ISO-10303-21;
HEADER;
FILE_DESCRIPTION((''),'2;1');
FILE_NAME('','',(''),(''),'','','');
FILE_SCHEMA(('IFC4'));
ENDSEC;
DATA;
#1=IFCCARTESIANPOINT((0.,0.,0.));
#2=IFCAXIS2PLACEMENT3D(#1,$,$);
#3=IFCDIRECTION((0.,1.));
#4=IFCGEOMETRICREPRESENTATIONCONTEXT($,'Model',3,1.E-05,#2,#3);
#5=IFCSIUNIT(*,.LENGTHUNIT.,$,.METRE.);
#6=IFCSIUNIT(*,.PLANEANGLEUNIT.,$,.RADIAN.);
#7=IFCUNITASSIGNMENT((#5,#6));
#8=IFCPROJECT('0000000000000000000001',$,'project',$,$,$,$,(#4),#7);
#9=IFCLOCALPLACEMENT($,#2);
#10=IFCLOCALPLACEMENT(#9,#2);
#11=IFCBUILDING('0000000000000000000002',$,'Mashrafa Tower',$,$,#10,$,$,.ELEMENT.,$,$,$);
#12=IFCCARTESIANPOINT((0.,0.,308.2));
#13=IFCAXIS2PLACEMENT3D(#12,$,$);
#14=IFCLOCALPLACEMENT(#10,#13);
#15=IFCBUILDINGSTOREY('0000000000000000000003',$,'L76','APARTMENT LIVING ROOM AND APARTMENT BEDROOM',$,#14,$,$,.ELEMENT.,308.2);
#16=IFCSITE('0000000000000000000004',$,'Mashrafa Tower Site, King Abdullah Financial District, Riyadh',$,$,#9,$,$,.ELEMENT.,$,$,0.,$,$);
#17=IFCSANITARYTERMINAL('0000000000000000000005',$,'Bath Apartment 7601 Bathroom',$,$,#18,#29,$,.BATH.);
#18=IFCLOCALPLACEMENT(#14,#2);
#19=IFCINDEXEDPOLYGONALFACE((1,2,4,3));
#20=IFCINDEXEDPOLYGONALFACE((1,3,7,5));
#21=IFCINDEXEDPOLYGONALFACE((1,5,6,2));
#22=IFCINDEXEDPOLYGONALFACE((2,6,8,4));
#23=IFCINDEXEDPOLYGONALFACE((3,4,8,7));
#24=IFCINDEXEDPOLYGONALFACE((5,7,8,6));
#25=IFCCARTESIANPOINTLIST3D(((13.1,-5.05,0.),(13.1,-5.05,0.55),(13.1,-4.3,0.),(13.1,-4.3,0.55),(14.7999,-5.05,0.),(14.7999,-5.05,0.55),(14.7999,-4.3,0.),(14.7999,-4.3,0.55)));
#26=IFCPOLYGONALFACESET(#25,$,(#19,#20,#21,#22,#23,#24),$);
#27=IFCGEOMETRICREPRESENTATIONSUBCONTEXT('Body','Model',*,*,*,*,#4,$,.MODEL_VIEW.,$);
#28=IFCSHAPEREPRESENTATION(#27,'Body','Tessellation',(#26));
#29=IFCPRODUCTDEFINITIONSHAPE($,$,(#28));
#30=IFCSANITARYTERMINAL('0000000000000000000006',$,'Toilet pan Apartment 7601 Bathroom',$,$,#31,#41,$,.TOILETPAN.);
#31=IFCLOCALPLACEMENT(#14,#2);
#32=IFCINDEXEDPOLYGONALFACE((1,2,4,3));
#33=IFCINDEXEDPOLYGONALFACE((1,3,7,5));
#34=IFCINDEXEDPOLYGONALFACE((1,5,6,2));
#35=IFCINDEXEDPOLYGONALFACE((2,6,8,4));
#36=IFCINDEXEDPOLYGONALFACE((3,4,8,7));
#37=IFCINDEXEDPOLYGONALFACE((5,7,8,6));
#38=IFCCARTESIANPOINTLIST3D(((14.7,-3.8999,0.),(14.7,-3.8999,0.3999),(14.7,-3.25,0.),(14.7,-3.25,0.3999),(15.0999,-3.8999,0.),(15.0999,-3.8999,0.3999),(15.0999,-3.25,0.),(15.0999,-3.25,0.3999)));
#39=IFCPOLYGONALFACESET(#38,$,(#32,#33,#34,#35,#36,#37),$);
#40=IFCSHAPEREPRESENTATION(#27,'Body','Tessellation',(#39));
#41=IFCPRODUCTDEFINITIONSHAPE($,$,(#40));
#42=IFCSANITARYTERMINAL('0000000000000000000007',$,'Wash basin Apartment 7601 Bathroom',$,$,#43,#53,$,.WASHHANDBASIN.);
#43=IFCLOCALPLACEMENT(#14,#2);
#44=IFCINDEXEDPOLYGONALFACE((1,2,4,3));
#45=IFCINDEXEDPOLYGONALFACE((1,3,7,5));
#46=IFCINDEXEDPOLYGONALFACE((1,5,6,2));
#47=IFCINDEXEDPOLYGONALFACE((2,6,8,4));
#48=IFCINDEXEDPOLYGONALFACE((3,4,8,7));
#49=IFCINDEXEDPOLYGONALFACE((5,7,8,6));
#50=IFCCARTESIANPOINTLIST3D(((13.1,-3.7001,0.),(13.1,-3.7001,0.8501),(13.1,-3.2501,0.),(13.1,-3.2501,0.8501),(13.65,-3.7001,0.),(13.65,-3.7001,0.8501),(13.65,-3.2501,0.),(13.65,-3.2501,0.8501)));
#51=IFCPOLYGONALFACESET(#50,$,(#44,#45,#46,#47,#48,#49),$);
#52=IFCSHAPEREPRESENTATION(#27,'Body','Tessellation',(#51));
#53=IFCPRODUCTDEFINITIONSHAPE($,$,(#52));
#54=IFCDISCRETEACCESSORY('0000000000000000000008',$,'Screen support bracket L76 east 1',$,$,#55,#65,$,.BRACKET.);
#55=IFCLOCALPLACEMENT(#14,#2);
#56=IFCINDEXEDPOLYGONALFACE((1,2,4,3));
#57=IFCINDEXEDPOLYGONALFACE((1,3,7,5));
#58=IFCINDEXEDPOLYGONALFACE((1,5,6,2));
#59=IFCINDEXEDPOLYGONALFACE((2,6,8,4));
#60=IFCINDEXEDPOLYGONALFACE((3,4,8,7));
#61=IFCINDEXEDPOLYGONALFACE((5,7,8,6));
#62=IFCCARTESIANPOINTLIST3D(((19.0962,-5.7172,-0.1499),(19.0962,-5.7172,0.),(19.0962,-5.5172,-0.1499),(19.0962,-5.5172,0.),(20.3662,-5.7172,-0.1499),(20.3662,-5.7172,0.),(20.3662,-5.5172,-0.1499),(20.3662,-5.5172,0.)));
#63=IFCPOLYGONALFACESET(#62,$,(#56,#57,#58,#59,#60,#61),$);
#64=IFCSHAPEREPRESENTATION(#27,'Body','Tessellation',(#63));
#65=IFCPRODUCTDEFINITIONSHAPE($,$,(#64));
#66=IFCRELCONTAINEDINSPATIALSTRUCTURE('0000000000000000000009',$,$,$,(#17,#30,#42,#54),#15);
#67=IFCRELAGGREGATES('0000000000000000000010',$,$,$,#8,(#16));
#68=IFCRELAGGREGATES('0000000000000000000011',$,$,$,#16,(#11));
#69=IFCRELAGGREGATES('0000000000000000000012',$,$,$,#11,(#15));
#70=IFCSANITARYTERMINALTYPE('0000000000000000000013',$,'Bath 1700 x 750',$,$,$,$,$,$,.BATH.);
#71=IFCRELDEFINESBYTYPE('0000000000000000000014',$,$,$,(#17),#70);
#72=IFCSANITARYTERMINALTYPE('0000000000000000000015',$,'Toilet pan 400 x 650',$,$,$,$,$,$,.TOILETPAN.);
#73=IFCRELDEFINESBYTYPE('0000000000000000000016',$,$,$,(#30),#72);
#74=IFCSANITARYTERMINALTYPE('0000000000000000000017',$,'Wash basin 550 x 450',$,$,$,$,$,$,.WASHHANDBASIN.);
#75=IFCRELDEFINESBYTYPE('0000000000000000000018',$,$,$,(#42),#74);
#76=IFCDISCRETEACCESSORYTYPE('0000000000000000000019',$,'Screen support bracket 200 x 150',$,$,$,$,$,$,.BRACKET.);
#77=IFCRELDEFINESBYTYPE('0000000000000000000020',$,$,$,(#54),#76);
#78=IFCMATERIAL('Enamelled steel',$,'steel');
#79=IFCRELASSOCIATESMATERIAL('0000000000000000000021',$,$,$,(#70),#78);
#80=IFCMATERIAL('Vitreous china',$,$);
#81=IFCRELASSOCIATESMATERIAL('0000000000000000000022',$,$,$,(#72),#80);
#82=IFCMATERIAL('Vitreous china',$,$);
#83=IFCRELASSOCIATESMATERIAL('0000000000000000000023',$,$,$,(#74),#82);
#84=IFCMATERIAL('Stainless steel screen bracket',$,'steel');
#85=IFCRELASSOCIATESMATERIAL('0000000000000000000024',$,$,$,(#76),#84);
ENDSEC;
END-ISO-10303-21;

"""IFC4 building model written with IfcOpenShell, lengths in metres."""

from ifc_helpers import new_model, si_unit, direction, frame, origin, origin_2d, place, context, subcontext, project, spatial, rectangle, extrude, source, transform, mapped, material, type_object, type_shapes, element, save


model = new_model("IFC4")

# Units and contexts
model_context = context("Model", 3, precision=1e-05, world=origin(), true_north=direction((0.0, 1.0)))
body_context = subcontext(model_context, "Body", "Model", "MODEL_VIEW")
ifc_project = project(units=[si_unit("LENGTHUNIT", "METRE"), si_unit("PLANEANGLEUNIT", "RADIAN")], contexts=[model_context])

# Site, building, storey
site_placement = place(None, origin())
site = spatial("IfcSite", under=ifc_project, at=site_placement, Name="Mashrafa Tower Site, King Abdullah Financial District, Riyadh", CompositionType="ELEMENT", RefElevation=0.0)
building_placement = place(site_placement, origin())
building = spatial("IfcBuilding", under=site, at=building_placement, Name="Mashrafa Tower", CompositionType="ELEMENT")
storey_placement = place(building_placement, frame((0.0, 0.0, 308.2)))
storey = spatial("IfcBuildingStorey", under=building, at=storey_placement, Name="L76", Description="APARTMENT LIVING ROOM AND APARTMENT BEDROOM", CompositionType="ELEMENT", Elevation=308.2)

# Sanitary terminals
ifc_material_1 = material(Name="Enamelled steel", Category="steel")
sanitary_terminal_type_1 = type_object("IfcSanitaryTerminalType", Name="Bath 1700 x 750", PredefinedType="BATH", material=ifc_material_1)
sanitary_terminal_1_placement = place(storey_placement, frame((13.95, -4.675, 0.0), z_axis=(0.0, 0.0, 1.0), x_axis=(1.0, 0.0, 0.0)))
element("IfcSanitaryTerminal", 1, at=sanitary_terminal_1_placement, inside=storey, type_object=sanitary_terminal_type_1, Name="Bath Apartment 7601 Bathroom", PredefinedType="BATH", context=body_context, shape_type="SweptSolid", body=[
    extrude(rectangle(XDim=1.7, YDim=0.75, at=origin_2d()), origin(), (0.0, 0.0, 1.0), 0.55),
])
ifc_material_2 = material(Name="Vitreous china")
sanitary_terminal_type_2 = type_object("IfcSanitaryTerminalType", Name="Toilet pan 400 x 650", PredefinedType="TOILETPAN", material=ifc_material_2)
sanitary_terminal_2_placement = place(storey_placement, frame((14.8999, -3.575, 0.0), z_axis=(0.0, 0.0, 1.0), x_axis=(-1.0, 0.0, 0.0)))
element("IfcSanitaryTerminal", 2, at=sanitary_terminal_2_placement, inside=storey, type_object=sanitary_terminal_type_2, Name="Toilet pan Apartment 7601 Bathroom", PredefinedType="TOILETPAN", context=body_context, shape_type="SweptSolid", body=[
    extrude(rectangle(XDim=0.3999, YDim=0.6499, at=origin_2d()), origin(), (0.0, 0.0, 1.0), 0.3999),
])
ifc_material_3 = material(Name="Vitreous china")
sanitary_terminal_type_3 = type_object("IfcSanitaryTerminalType", Name="Wash basin 550 x 450", PredefinedType="WASHHANDBASIN", material=ifc_material_3)
sanitary_terminal_3_placement = place(storey_placement, frame((13.375, -3.4751, 0.0), z_axis=(0.0, 0.0, 1.0), x_axis=(-1.0, 0.0, 0.0)))
element("IfcSanitaryTerminal", 3, at=sanitary_terminal_3_placement, inside=storey, type_object=sanitary_terminal_type_3, Name="Wash basin Apartment 7601 Bathroom", PredefinedType="WASHHANDBASIN", context=body_context, shape_type="SweptSolid", body=[
    extrude(rectangle(XDim=0.55, YDim=0.45, at=origin_2d()), origin(), (0.0, 0.0, 1.0), 0.8501),
])

# Discrete accessory
ifc_material_4 = material(Name="Stainless steel screen bracket", Category="steel")
discrete_accessory_type = type_object("IfcDiscreteAccessoryType", Name="Screen support bracket 200 x 150", PredefinedType="BRACKET", material=ifc_material_4)
shared_shape_1 = source(origin(), body_context, "Body", "SweptSolid", [
    extrude(rectangle(XDim=0.2, YDim=1.27, at=origin_2d()), origin(), (0.0, 0.0, 1.0), 0.1499),
])
type_shapes(discrete_accessory_type, [shared_shape_1])
discrete_accessory_placement = place(storey_placement, frame((19.7312, -5.6172, -0.1499), z_axis=(0.0, 0.0, 1.0), x_axis=(0.0, 1.0, 0.0)))
element("IfcDiscreteAccessory", 4, at=discrete_accessory_placement, inside=storey, type_object=discrete_accessory_type, Name="Screen support bracket L76 east 1", PredefinedType="BRACKET", context=body_context, shape_type="MappedRepresentation", body=[
    mapped(shared_shape_1, transform((0.0, 0.0, 0.0))),
])

save(model, "model.ifc")
